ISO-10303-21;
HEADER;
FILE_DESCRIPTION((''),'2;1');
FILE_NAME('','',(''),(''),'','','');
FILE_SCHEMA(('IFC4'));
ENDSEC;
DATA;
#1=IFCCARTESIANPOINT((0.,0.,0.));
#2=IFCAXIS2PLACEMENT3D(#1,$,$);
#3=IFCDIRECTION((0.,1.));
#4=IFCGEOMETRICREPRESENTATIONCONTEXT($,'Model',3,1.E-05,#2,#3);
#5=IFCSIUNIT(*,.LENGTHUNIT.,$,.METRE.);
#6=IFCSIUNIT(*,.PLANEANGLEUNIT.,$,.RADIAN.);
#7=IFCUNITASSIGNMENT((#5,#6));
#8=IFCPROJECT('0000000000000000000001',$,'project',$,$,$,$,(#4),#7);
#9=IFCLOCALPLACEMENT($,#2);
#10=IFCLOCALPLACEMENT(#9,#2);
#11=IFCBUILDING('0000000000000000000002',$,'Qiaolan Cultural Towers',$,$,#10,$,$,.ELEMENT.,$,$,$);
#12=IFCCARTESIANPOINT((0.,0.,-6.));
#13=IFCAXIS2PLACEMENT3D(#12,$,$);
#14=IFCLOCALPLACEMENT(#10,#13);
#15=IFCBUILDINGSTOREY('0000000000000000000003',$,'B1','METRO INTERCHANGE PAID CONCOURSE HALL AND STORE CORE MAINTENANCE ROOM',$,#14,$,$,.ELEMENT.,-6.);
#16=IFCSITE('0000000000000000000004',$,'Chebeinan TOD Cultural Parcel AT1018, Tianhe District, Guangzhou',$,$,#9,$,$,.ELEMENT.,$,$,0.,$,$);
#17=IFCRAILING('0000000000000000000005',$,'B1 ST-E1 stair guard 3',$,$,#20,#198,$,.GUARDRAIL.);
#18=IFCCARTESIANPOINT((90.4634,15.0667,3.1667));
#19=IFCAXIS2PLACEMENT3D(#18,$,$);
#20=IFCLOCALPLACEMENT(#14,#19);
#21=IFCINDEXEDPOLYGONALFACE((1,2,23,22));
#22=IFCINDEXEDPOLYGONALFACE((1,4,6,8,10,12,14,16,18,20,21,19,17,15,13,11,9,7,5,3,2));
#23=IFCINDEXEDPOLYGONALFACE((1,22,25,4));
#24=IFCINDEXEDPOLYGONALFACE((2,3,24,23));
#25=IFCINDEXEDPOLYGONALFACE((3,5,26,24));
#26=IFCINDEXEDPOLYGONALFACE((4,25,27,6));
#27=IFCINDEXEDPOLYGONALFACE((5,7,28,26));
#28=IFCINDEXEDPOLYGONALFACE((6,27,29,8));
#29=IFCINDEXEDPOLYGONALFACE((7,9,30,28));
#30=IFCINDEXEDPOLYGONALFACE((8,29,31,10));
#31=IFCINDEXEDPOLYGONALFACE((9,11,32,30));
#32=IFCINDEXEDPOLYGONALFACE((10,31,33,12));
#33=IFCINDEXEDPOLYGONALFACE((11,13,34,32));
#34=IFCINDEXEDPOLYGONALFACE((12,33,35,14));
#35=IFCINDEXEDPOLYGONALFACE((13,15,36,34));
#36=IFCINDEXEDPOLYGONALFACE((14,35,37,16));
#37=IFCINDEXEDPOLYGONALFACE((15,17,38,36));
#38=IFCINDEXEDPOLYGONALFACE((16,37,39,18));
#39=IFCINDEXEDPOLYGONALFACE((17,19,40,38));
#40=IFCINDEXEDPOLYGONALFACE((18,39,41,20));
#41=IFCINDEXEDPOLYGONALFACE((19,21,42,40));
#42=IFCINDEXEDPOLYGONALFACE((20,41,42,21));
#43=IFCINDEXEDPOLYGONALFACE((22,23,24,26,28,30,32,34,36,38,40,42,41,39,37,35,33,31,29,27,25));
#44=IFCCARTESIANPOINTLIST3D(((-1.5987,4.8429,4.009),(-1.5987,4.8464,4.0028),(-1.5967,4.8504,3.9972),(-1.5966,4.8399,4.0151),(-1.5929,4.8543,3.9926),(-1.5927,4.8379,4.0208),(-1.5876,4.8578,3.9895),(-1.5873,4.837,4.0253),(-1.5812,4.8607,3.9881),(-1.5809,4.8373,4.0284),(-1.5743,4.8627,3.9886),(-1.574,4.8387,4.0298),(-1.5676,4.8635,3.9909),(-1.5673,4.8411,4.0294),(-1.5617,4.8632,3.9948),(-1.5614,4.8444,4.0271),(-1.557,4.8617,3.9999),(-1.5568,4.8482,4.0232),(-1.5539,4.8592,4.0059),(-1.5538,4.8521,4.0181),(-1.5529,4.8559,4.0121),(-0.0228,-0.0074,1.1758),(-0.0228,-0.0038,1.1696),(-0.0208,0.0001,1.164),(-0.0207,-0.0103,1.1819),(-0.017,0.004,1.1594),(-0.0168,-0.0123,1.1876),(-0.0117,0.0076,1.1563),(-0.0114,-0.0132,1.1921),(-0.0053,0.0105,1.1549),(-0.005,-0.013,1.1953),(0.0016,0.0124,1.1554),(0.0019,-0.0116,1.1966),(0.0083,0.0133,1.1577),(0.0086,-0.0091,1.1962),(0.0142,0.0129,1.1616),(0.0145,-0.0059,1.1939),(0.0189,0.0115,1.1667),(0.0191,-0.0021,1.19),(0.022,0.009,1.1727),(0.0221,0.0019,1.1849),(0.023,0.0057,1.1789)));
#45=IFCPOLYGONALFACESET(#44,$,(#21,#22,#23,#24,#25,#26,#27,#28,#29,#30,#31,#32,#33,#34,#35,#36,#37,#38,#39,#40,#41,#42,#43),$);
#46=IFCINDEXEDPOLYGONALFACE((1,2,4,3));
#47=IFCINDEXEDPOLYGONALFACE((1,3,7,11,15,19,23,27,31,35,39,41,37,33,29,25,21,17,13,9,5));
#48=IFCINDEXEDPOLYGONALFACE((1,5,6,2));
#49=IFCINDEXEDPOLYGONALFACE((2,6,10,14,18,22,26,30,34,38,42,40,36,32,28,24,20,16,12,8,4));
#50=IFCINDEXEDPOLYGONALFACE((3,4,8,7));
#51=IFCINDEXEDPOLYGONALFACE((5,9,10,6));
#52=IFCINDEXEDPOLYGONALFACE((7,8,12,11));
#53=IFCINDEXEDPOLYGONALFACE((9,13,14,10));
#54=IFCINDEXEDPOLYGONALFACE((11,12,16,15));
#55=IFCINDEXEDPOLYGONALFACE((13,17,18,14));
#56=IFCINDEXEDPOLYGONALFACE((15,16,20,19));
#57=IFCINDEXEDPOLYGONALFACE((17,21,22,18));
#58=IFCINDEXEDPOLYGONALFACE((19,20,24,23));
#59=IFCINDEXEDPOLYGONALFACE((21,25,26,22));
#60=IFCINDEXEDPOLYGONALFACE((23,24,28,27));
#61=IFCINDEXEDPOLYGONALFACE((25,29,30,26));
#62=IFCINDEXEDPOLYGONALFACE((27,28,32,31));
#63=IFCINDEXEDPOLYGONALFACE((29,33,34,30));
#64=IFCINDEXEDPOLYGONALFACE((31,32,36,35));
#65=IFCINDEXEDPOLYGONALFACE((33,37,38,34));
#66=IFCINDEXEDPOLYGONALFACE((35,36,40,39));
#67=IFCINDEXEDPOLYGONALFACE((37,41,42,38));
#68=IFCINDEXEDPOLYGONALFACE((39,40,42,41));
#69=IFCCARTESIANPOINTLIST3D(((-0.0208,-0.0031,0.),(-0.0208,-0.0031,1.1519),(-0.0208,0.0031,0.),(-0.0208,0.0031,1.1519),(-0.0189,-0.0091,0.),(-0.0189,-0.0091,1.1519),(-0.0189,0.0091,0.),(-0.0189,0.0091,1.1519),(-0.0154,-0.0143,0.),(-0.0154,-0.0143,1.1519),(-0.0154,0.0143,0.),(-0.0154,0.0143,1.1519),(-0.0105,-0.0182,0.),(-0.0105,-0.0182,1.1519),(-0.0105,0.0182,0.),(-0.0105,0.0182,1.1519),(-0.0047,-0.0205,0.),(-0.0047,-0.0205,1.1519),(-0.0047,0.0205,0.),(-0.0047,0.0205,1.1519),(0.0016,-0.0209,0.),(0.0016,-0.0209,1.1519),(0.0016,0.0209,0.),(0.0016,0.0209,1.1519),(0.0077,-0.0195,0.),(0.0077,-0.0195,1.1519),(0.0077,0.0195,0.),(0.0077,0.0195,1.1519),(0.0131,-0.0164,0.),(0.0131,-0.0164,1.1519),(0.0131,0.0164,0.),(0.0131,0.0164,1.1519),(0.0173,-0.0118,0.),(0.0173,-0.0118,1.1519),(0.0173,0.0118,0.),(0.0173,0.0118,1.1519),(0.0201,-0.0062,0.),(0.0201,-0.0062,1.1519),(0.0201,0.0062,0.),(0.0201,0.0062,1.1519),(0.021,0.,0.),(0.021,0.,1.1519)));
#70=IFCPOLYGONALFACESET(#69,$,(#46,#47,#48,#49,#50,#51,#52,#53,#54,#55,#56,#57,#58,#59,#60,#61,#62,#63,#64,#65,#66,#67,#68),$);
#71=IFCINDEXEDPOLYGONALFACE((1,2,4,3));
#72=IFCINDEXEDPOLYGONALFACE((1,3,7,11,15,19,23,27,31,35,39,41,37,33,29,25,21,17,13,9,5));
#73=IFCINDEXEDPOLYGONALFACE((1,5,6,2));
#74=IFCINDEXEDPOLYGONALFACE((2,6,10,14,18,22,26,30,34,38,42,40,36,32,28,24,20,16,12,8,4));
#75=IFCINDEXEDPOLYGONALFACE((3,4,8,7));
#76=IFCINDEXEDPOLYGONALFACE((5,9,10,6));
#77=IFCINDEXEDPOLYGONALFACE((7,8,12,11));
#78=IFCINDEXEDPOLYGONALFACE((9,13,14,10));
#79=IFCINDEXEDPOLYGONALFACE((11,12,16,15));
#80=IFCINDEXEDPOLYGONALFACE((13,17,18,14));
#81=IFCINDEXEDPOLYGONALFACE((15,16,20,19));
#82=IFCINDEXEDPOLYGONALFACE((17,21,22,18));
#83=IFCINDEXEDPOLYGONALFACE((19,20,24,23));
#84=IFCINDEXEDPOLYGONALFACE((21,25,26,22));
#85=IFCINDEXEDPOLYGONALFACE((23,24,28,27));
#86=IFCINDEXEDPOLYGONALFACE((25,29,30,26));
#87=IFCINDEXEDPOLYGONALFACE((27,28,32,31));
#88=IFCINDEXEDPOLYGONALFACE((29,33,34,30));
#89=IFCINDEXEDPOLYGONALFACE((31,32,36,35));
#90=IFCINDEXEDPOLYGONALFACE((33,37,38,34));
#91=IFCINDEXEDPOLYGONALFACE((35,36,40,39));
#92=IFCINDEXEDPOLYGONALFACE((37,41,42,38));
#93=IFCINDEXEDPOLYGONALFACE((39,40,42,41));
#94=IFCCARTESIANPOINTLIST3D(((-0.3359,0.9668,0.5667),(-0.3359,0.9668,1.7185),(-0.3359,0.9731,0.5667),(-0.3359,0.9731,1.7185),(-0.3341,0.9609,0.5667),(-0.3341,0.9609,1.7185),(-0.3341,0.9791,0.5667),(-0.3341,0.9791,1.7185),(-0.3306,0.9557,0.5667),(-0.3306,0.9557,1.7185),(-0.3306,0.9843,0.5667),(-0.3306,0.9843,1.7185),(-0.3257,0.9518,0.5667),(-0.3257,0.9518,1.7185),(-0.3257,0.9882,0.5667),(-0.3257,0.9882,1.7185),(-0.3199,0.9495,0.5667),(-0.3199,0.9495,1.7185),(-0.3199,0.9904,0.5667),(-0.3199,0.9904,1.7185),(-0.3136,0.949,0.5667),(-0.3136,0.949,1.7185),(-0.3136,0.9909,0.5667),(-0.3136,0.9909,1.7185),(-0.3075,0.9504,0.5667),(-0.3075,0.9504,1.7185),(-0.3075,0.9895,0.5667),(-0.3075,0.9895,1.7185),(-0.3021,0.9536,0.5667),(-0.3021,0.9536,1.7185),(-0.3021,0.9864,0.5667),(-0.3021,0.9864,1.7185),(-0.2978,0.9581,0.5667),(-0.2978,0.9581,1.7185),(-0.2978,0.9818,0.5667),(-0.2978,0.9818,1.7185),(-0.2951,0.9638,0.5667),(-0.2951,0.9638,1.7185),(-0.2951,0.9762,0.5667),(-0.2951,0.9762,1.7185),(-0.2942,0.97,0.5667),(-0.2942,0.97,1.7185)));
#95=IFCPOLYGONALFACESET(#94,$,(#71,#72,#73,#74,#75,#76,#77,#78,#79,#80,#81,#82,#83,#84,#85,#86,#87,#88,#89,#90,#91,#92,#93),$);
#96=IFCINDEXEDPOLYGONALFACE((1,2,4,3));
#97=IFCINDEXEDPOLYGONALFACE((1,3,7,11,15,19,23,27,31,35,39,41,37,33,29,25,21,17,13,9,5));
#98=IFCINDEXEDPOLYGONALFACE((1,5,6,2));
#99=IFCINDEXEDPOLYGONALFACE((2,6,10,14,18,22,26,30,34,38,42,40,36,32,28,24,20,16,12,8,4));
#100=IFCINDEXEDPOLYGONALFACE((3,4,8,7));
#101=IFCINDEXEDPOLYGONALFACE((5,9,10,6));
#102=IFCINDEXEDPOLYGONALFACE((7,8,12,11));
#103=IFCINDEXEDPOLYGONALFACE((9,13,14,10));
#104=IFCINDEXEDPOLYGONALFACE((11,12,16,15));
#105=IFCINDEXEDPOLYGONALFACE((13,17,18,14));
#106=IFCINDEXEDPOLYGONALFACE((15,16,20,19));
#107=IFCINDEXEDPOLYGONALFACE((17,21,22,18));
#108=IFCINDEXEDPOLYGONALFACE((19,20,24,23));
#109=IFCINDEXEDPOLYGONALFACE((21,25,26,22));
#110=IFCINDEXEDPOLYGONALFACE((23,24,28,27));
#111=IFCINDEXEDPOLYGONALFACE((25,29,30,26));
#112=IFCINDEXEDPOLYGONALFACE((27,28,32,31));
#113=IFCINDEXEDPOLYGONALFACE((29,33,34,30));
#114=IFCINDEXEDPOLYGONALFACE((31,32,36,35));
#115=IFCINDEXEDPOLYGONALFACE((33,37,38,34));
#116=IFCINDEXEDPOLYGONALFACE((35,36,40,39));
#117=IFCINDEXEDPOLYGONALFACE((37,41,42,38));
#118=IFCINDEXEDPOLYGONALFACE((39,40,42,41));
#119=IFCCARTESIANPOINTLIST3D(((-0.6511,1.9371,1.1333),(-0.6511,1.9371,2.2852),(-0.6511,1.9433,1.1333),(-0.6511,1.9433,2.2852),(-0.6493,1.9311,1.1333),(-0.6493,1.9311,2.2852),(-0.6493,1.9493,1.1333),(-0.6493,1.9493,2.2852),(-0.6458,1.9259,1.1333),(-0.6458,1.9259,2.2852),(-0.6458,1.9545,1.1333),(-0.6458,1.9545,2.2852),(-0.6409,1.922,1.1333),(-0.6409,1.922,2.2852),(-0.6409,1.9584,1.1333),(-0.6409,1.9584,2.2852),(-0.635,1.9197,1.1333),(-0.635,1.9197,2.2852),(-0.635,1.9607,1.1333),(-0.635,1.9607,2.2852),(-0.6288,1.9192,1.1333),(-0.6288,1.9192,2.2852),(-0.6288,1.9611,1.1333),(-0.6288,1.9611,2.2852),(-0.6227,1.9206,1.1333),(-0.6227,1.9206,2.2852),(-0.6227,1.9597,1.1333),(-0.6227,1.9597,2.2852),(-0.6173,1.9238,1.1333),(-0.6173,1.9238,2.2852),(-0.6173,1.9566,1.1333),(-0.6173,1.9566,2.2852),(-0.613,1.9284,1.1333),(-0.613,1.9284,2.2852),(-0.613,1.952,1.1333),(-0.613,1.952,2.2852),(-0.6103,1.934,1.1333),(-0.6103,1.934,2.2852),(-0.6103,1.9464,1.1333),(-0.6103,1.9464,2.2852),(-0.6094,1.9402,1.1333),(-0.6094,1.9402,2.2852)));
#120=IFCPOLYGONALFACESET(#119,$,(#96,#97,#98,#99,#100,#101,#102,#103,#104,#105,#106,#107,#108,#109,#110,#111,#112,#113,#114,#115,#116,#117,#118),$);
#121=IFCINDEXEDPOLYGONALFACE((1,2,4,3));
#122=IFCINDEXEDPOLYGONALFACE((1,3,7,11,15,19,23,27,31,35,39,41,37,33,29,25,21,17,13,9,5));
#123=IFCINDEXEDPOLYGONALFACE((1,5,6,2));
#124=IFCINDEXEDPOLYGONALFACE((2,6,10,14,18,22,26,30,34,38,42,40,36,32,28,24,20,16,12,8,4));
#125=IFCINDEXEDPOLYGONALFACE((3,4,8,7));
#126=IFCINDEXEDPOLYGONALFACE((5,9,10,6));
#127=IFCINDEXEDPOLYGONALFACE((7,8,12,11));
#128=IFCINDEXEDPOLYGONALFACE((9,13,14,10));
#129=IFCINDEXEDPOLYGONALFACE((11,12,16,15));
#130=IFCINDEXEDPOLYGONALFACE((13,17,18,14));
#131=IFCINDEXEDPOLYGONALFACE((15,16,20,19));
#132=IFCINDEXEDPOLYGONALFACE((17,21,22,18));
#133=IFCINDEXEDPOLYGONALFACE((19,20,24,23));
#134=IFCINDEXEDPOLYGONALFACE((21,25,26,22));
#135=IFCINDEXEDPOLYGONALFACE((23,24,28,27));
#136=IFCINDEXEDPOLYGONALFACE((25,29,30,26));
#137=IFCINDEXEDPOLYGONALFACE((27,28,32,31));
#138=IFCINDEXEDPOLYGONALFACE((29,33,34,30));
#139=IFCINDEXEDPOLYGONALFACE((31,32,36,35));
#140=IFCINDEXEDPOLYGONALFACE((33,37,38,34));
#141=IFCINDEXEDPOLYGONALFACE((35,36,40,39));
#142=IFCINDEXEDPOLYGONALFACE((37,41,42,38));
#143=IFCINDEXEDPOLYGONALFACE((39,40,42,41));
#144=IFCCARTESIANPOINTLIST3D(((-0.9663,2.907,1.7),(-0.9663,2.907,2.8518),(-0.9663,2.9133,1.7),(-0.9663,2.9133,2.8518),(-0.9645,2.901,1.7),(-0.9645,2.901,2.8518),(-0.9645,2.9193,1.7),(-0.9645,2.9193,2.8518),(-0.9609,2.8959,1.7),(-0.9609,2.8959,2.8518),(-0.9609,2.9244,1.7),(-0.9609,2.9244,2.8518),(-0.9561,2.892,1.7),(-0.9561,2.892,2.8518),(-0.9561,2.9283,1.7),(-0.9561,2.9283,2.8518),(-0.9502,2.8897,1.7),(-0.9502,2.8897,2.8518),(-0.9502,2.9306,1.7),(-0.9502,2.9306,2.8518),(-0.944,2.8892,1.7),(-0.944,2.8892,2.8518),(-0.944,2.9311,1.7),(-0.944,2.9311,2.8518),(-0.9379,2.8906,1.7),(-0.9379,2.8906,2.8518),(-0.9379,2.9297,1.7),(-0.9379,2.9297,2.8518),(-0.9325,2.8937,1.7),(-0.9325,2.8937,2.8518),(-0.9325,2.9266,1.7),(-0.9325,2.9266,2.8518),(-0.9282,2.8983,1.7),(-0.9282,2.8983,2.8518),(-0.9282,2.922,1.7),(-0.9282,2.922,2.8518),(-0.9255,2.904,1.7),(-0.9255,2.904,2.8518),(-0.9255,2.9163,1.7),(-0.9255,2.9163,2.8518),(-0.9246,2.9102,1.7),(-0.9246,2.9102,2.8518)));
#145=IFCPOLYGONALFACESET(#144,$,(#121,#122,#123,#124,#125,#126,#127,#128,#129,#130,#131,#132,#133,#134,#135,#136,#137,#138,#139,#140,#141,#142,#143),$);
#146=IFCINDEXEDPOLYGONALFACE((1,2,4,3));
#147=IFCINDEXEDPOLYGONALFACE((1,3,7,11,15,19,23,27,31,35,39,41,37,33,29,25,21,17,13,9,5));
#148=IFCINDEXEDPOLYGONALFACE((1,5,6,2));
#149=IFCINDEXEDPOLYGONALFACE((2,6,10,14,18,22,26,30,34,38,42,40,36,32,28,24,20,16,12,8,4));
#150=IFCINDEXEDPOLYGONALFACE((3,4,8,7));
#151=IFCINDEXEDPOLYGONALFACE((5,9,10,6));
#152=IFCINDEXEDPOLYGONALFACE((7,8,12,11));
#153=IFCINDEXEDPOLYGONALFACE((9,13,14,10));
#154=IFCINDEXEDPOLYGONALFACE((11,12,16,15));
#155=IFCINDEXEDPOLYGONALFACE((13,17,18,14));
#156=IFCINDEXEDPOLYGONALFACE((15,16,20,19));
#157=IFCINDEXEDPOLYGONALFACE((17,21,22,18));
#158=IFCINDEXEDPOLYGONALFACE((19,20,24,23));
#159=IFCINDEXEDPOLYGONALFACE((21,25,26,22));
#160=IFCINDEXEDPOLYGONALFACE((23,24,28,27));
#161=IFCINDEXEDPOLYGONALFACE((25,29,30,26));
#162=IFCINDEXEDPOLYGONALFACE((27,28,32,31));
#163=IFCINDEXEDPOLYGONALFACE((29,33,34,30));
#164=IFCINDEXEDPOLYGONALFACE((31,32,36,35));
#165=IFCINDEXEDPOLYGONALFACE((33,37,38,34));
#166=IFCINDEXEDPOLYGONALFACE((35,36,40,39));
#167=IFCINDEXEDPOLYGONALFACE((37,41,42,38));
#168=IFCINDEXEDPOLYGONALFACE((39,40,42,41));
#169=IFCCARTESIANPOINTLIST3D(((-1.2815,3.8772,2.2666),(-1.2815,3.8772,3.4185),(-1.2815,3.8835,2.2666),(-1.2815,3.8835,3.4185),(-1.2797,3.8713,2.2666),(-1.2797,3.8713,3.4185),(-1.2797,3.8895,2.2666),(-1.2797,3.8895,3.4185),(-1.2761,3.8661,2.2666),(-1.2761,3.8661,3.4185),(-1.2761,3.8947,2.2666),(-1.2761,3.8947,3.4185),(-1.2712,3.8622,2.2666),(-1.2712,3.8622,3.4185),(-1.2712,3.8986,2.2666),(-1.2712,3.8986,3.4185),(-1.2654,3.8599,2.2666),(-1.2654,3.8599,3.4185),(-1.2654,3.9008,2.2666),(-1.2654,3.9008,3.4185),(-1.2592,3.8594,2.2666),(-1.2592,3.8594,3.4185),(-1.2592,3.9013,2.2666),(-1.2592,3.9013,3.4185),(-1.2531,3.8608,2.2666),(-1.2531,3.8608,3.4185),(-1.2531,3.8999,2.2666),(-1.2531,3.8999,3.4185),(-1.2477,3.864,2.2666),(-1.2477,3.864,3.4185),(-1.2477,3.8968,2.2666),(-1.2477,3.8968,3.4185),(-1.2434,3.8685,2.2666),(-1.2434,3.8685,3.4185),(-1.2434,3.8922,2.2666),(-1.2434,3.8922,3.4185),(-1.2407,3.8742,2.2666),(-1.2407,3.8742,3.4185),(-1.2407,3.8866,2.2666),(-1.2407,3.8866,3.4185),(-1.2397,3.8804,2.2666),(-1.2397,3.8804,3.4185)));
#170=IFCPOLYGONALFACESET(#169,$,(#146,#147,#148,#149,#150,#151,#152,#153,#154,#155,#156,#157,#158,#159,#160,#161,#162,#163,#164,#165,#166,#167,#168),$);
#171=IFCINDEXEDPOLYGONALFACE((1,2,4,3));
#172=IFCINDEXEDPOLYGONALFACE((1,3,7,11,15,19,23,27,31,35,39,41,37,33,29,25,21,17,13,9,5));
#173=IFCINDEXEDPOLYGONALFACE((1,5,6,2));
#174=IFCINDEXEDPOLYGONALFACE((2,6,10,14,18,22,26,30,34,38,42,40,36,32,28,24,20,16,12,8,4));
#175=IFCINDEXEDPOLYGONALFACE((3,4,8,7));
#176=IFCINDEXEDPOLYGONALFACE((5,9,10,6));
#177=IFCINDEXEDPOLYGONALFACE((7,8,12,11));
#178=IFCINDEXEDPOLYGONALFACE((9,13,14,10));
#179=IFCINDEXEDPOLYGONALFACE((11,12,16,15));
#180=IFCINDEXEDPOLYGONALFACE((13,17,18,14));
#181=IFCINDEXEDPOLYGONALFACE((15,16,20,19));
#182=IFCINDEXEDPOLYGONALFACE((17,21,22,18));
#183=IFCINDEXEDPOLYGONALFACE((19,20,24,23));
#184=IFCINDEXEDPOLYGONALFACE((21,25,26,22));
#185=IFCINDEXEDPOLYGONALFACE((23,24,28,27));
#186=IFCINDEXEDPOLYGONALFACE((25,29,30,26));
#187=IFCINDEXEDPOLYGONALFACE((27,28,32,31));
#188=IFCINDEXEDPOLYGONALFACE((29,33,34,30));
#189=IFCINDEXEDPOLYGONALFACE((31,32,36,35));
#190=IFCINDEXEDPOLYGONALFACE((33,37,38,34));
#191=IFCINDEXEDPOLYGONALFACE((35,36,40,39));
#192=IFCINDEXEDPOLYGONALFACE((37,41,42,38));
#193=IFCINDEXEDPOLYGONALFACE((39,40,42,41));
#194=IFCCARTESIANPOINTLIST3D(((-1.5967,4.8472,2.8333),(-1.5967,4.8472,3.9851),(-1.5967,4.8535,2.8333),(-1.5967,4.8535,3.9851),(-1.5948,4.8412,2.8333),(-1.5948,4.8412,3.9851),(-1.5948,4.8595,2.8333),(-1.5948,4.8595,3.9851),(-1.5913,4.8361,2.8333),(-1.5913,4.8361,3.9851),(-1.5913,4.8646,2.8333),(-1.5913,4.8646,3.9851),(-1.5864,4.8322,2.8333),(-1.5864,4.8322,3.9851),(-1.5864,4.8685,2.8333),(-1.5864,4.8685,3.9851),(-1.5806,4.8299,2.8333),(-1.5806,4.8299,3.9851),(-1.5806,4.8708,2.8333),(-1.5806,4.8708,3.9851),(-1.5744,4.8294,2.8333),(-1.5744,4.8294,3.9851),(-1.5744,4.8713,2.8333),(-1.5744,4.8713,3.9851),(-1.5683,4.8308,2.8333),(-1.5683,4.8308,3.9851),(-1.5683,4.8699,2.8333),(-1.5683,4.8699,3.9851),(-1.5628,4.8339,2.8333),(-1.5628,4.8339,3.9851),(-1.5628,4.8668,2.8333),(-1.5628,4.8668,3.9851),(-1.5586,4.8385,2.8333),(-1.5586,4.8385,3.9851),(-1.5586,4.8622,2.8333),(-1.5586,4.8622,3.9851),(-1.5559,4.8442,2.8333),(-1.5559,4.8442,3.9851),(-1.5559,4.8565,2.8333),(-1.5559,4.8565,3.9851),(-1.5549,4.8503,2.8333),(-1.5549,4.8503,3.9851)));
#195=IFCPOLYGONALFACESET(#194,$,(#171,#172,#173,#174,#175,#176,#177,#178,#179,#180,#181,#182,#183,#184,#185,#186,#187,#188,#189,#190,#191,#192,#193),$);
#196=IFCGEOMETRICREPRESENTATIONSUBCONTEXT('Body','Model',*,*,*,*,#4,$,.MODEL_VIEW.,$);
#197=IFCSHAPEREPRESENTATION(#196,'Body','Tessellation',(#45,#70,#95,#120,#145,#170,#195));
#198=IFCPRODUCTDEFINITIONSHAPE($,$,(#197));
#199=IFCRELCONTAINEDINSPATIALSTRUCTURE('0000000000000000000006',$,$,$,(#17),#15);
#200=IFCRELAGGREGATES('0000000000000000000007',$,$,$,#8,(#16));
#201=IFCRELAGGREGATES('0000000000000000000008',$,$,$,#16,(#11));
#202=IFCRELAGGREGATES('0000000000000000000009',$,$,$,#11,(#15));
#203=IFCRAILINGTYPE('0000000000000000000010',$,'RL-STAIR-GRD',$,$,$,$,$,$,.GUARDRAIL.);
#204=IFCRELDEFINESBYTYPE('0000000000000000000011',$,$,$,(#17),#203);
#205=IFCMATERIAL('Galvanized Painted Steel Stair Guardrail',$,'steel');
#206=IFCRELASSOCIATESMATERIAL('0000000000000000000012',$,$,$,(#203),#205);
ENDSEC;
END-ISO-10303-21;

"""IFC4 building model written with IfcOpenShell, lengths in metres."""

from ifc_helpers import new_model, si_unit, direction, frame, origin, origin_2d, place, context, subcontext, project, spatial, circle, extrude, material, type_object, element, save


model = new_model("IFC4")

# Units and contexts
model_context = context("Model", 3, precision=1e-05, world=origin(), true_north=direction((0.0, 1.0)))
body_context = subcontext(model_context, "Body", "Model", "MODEL_VIEW")
ifc_project = project(units=[si_unit("LENGTHUNIT", "METRE"), si_unit("PLANEANGLEUNIT", "RADIAN")], contexts=[model_context])

# Site, building, storey
site_placement = place(None, origin())
site = spatial("IfcSite", under=ifc_project, at=site_placement, Name="Chebeinan TOD Cultural Parcel AT1018, Tianhe District, Guangzhou", CompositionType="ELEMENT", RefElevation=0.0)
building_placement = place(site_placement, origin())
building = spatial("IfcBuilding", under=site, at=building_placement, Name="Qiaolan Cultural Towers", CompositionType="ELEMENT")
storey_placement = place(building_placement, frame((0.0, 0.0, -6.0)))
storey = spatial("IfcBuildingStorey", under=building, at=storey_placement, Name="B1", Description="METRO INTERCHANGE PAID CONCOURSE HALL AND STORE CORE MAINTENANCE ROOM", CompositionType="ELEMENT", Elevation=-6.0)

# Railing
ifc_material_1 = material(Name="Galvanized Painted Steel Stair Guardrail", Category="steel")
railing_type_1 = type_object("IfcRailingType", Name="RL-STAIR-GRD", PredefinedType="GUARDRAIL", material=ifc_material_1)
railing_1_placement = place(storey_placement, frame((90.4634, 15.0667, 3.1667)))
element("IfcRailing", 1, at=railing_1_placement, inside=storey, type_object=railing_type_1, Name="B1 ST-E1 stair guard 3", PredefinedType="GUARDRAIL", context=body_context, shape_type="SweptSolid", body=[
    extrude(circle(Radius=0.0239, at=origin_2d()), frame((0.0, 0.0, 1.1758), z_axis=(-0.270124, 0.831378, 0.485637), x_axis=(-0.951059, -0.309009, 0.0)), (0.0, 0.0, 1.0), 5.834),
    extrude(circle(Radius=0.021, at=origin_2d()), origin(), (0.0, 0.0, 1.0), 1.1519),
    extrude(circle(Radius=0.021, at=origin_2d()), frame((-0.3152, 0.97, 0.5667)), (0.0, 0.0, 1.0), 1.1519),
    extrude(circle(Radius=0.021, at=origin_2d()), frame((-0.6304, 1.9402, 1.1333)), (0.0, 0.0, 1.0), 1.1519),
    extrude(circle(Radius=0.021, at=origin_2d()), frame((-0.9456, 2.9102, 1.7)), (0.0, 0.0, 1.0), 1.1519),
    extrude(circle(Radius=0.021, at=origin_2d()), frame((-1.2607, 3.8804, 2.2666)), (0.0, 0.0, 1.0), 1.1519),
    extrude(circle(Radius=0.021, at=origin_2d()), frame((-1.5759, 4.8503, 2.8333)), (0.0, 0.0, 1.0), 1.1519),
])

save(model, "model.ifc")
